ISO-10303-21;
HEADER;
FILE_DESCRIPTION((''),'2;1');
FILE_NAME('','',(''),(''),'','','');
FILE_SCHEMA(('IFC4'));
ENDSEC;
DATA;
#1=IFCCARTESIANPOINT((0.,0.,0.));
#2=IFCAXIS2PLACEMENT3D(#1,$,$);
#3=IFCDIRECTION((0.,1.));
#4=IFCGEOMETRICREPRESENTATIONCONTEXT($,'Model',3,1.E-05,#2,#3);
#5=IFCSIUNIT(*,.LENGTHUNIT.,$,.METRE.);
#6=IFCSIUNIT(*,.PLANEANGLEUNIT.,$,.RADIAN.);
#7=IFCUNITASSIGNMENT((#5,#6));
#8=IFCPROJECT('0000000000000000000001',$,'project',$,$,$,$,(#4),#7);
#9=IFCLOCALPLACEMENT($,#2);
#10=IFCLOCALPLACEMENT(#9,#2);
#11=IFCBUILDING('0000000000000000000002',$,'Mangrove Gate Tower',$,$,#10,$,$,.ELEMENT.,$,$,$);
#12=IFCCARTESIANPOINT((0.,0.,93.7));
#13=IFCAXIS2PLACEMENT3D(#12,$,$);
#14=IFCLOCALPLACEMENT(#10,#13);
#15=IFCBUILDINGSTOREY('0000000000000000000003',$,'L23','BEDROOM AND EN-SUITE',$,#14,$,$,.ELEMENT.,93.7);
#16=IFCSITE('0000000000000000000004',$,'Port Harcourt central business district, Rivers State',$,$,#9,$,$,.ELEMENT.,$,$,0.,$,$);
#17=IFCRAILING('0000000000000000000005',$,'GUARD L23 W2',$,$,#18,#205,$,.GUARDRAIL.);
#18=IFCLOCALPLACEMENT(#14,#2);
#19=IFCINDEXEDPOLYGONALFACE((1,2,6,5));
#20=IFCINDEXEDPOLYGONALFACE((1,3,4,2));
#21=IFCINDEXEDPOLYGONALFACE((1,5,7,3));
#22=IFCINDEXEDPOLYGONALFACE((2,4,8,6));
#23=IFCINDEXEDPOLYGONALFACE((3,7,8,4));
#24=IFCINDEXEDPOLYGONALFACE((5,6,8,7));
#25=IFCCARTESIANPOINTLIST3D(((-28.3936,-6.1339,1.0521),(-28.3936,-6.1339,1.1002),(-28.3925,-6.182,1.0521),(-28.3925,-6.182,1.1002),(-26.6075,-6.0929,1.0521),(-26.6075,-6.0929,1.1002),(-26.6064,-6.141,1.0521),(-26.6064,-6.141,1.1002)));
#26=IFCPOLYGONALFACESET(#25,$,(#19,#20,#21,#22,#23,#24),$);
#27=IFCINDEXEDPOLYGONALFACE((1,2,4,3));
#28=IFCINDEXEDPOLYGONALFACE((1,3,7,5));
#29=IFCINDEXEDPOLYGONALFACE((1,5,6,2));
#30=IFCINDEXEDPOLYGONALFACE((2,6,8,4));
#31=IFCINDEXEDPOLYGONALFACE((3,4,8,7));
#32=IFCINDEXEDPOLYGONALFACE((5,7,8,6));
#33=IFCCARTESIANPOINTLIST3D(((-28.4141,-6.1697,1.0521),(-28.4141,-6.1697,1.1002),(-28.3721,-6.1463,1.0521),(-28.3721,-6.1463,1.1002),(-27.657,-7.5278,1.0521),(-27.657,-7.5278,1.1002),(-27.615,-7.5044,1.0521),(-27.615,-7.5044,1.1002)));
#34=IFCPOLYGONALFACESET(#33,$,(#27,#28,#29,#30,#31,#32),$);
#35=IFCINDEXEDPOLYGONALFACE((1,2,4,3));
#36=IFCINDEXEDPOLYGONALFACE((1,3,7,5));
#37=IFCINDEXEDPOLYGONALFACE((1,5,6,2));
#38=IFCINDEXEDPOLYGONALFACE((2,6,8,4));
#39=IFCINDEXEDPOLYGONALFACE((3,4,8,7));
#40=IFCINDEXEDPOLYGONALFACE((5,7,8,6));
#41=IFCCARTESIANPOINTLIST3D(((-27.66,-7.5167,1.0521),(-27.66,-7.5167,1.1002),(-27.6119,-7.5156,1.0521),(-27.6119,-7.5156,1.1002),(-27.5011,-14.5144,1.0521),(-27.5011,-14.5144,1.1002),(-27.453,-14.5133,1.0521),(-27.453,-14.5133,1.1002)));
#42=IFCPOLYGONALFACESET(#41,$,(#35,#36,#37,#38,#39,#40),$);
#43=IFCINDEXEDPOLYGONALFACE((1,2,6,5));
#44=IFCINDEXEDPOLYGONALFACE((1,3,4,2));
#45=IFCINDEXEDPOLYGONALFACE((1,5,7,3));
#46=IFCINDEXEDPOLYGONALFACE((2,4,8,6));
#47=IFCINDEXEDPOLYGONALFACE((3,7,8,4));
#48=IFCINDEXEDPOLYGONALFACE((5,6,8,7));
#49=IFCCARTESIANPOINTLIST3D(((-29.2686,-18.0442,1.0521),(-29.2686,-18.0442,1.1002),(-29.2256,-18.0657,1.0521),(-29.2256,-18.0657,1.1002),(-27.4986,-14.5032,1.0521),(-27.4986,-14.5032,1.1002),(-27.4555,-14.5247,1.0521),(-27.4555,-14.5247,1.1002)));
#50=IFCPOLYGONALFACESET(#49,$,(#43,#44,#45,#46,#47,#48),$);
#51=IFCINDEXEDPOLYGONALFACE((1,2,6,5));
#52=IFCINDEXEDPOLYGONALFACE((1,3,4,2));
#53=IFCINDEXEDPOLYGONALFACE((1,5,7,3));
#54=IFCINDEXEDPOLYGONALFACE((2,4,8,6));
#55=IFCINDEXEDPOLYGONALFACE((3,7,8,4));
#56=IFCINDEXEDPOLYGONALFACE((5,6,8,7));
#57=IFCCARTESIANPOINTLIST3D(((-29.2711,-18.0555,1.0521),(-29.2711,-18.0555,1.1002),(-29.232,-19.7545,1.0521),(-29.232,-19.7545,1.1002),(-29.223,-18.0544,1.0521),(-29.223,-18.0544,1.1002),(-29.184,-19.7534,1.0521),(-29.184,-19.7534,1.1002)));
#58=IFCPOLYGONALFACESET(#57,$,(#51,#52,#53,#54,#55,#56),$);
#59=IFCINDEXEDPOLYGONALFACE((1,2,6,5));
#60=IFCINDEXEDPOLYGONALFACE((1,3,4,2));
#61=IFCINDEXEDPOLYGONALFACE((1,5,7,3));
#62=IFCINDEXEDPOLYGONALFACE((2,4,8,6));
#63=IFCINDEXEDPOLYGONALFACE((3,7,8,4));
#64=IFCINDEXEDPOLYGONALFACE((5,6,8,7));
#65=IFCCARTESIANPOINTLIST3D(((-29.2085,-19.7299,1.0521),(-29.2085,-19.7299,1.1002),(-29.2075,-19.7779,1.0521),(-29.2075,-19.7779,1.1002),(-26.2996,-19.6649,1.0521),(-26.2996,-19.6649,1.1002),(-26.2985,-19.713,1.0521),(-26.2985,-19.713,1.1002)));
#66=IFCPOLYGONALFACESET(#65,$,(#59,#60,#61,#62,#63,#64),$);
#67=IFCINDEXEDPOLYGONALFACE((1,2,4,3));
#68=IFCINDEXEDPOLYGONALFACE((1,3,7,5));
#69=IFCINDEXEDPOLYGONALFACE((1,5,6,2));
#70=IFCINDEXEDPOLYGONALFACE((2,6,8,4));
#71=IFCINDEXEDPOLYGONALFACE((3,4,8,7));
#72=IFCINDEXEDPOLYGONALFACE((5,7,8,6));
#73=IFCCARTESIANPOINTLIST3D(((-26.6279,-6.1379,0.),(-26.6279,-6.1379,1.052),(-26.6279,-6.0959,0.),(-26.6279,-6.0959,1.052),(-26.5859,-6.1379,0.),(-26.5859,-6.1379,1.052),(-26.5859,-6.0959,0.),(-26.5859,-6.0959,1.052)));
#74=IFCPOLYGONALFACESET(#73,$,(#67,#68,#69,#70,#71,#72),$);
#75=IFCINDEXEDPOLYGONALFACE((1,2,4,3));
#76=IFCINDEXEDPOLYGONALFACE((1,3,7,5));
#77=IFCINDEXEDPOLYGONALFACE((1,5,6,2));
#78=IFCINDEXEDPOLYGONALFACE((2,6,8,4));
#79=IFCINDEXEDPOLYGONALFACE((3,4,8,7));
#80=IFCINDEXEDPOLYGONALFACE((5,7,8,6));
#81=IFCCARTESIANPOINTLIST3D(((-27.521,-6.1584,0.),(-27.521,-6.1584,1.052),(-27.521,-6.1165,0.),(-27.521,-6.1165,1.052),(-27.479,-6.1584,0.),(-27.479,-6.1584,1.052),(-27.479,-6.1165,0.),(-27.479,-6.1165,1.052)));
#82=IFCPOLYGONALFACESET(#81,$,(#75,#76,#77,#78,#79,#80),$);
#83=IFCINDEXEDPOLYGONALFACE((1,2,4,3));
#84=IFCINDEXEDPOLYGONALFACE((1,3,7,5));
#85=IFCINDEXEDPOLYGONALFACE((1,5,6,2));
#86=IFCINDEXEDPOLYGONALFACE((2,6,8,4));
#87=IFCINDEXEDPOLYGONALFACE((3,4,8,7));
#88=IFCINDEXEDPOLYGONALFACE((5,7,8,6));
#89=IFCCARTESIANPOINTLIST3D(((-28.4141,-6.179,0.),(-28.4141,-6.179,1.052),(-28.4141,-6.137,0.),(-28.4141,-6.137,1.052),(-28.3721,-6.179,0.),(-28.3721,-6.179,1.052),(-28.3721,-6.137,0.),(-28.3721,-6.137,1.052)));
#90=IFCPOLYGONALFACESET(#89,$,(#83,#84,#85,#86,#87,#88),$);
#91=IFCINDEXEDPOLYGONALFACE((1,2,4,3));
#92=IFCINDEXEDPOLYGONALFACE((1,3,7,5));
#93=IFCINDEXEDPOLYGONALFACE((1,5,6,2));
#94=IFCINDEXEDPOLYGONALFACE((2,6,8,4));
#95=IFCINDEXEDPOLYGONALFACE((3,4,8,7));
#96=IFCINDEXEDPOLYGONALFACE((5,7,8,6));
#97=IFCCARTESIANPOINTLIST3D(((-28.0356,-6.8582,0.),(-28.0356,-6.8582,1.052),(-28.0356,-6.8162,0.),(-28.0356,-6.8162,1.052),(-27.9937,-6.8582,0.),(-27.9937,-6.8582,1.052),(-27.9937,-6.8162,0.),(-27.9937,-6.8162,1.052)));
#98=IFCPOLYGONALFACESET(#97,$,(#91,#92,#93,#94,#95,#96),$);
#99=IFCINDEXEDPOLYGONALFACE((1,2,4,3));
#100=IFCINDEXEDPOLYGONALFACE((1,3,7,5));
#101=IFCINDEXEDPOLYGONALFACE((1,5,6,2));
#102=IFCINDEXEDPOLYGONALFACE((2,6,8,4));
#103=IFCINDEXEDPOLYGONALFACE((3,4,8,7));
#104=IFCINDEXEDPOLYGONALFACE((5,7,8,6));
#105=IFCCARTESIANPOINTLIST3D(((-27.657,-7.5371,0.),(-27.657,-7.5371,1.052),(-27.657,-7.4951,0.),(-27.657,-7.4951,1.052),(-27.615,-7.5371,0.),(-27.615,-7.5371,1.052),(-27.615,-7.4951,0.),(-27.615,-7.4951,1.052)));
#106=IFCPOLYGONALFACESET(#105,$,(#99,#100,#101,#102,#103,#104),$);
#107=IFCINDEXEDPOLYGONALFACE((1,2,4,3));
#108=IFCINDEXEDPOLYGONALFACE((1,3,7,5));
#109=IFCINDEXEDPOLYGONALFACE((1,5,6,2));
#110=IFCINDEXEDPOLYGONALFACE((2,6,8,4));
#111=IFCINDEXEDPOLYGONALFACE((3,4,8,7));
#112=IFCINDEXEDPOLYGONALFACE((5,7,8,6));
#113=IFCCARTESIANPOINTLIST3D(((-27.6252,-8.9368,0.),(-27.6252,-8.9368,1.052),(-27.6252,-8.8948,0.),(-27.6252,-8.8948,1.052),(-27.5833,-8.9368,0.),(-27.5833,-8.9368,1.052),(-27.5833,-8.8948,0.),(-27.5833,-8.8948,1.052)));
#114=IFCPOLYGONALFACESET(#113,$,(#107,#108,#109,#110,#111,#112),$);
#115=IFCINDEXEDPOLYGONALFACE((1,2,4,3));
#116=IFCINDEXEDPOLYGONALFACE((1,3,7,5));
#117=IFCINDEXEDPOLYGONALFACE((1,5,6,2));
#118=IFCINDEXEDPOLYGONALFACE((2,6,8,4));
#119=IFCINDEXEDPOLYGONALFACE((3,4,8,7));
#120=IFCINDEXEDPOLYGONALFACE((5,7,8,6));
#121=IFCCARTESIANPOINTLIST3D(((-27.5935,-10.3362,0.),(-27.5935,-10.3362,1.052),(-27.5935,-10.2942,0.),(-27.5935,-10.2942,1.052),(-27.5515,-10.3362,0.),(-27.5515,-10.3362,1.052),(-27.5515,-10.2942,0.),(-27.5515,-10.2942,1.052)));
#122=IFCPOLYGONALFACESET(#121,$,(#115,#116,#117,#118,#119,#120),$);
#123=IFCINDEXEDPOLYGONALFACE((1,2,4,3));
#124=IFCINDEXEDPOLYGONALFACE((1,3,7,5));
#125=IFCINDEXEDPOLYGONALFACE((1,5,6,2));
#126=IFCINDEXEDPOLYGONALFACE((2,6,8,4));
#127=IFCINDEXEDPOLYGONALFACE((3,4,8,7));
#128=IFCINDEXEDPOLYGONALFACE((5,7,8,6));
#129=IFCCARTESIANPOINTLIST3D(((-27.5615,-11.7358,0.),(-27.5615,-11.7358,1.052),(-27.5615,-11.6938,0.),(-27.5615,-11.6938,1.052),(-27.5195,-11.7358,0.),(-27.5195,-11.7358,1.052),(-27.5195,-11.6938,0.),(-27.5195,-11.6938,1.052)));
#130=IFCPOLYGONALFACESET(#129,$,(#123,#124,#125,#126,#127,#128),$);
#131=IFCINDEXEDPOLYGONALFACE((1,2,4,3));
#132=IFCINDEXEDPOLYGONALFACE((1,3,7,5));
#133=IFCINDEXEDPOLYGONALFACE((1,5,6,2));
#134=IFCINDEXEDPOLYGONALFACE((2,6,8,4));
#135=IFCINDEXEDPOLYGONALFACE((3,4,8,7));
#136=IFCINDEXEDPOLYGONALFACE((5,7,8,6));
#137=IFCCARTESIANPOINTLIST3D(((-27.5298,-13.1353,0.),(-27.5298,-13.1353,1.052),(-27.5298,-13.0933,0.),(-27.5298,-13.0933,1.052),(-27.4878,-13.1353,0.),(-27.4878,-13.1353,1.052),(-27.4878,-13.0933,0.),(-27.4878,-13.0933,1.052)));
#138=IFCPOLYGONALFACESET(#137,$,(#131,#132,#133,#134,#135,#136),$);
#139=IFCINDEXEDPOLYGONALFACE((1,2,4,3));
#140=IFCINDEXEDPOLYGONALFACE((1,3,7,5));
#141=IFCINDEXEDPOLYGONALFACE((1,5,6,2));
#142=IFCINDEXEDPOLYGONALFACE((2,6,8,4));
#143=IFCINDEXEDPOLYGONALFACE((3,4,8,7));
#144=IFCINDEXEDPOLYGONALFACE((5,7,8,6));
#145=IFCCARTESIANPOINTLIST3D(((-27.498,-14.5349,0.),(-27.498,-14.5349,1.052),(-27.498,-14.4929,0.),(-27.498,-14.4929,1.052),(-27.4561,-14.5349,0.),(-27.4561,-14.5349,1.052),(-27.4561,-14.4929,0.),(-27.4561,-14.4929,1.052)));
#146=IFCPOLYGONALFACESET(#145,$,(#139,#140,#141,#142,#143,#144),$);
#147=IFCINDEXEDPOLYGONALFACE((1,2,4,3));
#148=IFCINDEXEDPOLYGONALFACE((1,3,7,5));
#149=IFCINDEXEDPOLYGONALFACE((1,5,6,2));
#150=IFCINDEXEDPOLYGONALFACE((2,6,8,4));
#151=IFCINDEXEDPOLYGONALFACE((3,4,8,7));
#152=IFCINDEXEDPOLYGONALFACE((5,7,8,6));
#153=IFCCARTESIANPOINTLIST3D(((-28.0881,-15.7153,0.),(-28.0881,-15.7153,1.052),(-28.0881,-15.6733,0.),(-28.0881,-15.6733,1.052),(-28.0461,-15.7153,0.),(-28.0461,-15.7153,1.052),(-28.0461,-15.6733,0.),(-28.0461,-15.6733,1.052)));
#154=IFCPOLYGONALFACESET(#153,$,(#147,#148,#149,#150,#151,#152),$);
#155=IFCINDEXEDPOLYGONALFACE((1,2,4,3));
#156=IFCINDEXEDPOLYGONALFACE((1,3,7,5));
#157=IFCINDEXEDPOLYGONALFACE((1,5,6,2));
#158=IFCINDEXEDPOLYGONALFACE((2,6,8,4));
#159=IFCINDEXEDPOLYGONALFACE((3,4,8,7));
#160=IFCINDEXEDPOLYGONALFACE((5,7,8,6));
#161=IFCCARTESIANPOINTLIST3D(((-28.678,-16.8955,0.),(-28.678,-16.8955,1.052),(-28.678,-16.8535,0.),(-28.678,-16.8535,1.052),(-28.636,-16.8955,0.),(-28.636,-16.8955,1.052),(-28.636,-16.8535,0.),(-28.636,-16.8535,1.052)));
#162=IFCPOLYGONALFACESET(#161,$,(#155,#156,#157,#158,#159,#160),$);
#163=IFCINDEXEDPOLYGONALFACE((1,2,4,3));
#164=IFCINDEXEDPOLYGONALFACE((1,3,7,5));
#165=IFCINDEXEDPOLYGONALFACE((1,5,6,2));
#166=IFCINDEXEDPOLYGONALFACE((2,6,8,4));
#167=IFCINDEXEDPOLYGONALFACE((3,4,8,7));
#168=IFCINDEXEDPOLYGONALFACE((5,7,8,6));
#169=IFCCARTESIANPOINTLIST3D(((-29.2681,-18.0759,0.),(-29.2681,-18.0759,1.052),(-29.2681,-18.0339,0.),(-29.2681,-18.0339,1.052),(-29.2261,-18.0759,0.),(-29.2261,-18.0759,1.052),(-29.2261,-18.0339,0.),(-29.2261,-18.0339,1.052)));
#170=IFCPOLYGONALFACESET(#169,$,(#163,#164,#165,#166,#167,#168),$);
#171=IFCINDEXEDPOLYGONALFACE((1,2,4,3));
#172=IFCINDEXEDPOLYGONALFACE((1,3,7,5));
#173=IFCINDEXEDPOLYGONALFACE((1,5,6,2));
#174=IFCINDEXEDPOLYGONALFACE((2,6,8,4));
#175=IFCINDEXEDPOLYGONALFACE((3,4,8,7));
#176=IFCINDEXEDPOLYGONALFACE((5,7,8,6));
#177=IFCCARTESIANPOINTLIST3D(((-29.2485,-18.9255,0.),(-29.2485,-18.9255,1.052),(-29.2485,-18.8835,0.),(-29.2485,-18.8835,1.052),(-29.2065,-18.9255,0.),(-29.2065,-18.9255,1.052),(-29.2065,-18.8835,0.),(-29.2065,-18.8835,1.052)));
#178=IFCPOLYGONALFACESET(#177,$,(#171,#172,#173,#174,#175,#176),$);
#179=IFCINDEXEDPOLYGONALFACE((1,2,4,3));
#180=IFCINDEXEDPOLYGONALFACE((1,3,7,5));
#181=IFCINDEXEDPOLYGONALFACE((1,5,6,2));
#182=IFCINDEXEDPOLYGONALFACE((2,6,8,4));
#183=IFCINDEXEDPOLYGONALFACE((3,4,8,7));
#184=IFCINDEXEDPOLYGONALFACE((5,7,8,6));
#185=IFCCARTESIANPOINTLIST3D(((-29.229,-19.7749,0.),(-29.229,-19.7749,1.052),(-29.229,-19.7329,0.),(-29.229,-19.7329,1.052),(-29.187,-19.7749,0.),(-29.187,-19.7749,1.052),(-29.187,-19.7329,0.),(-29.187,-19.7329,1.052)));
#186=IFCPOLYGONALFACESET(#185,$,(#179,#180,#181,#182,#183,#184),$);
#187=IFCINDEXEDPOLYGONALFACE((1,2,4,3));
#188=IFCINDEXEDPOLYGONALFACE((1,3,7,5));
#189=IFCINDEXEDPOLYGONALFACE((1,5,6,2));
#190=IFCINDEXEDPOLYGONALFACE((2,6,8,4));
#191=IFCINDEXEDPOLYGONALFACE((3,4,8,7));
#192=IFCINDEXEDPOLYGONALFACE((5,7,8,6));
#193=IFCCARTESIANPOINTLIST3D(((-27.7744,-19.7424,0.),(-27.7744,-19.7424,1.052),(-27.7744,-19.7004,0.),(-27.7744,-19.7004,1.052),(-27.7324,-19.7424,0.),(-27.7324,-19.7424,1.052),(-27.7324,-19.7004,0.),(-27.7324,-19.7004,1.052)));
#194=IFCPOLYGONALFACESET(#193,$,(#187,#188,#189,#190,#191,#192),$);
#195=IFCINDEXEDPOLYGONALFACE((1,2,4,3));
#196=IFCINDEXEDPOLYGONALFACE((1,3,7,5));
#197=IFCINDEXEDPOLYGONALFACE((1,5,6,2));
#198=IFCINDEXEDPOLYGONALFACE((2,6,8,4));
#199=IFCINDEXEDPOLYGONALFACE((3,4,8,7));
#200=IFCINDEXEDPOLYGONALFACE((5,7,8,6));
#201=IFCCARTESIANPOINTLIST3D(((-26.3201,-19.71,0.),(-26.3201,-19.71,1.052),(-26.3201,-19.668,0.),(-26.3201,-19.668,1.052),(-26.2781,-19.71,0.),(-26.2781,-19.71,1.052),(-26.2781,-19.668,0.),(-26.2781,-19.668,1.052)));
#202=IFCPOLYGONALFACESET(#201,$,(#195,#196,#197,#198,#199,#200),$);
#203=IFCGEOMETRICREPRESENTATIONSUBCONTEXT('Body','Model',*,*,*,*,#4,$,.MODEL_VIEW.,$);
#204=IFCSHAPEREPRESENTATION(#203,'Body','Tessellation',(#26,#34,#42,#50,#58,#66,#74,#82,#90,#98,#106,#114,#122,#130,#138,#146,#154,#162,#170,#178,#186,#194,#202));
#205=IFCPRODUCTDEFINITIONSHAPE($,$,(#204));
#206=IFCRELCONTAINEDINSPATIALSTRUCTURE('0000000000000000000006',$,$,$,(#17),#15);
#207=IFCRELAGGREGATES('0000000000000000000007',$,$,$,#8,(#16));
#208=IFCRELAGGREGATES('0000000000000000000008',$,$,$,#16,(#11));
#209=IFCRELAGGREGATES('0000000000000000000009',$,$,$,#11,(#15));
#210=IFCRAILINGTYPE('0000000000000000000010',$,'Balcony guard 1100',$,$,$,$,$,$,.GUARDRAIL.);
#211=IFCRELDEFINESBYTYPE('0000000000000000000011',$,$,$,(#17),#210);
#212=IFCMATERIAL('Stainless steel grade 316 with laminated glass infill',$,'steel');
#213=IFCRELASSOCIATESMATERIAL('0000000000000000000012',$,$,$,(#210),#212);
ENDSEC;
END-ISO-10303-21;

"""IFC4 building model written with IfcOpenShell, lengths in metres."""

from ifc_helpers import new_model, si_unit, direction, frame, origin, origin_2d, place, context, subcontext, project, spatial, rectangle, extrude, material, type_object, element, save


model = new_model("IFC4")

# Units and contexts
model_context = context("Model", 3, precision=1e-05, world=origin(), true_north=direction((0.0, 1.0)))
body_context = subcontext(model_context, "Body", "Model", "MODEL_VIEW")
ifc_project = project(units=[si_unit("LENGTHUNIT", "METRE"), si_unit("PLANEANGLEUNIT", "RADIAN")], contexts=[model_context])

# Site, building, storey
site_placement = place(None, origin())
site = spatial("IfcSite", under=ifc_project, at=site_placement, Name="Port Harcourt central business district, Rivers State", CompositionType="ELEMENT", RefElevation=0.0)
building_placement = place(site_placement, origin())
building = spatial("IfcBuilding", under=site, at=building_placement, Name="Mangrove Gate Tower", CompositionType="ELEMENT")
storey_placement = place(building_placement, frame((0.0, 0.0, 93.7)))
storey = spatial("IfcBuildingStorey", under=building, at=storey_placement, Name="L23", Description="BEDROOM AND EN-SUITE", CompositionType="ELEMENT", Elevation=93.7)

# Railing
ifc_material_1 = material(Name="Stainless steel grade 316 with laminated glass infill", Category="steel")
railing_type = type_object("IfcRailingType", Name="Balcony guard 1100", PredefinedType="GUARDRAIL", material=ifc_material_1)
railing_placement = place(storey_placement, frame((-26.6069, -6.1169, 0.0)))
element("IfcRailing", 1, at=railing_placement, inside=storey, type_object=railing_type, Name="GUARD L23 W2", PredefinedType="GUARDRAIL", context=body_context, shape_type="SweptSolid", body=[
    extrude(rectangle(XDim=0.0481, YDim=0.0481, at=origin_2d()), frame((0.0, 0.0, 1.0762), z_axis=(-0.999736, -0.022957, 0.0), x_axis=(0.022957, -0.999736, 0.0)), (0.0, 0.0, 1.0), 1.7866),
    extrude(rectangle(XDim=0.0481, YDim=0.0481, at=origin_2d()), frame((-1.7861, -0.041, 1.0762), z_axis=(0.486896, -0.87346, 0.0), x_axis=(0.87346, 0.486896, 0.0)), (0.0, 0.0, 1.0), 1.5549),
    extrude(rectangle(XDim=0.0481, YDim=0.0481, at=origin_2d()), frame((-1.0291, -1.3992, 1.0762), z_axis=(0.022706, -0.999742, 0.0), x_axis=(0.999742, 0.022706, 0.0)), (0.0, 0.0, 1.0), 6.9995),
    extrude(rectangle(XDim=0.0481, YDim=0.0481, at=origin_2d()), frame((-0.8701, -8.397, 1.0762), z_axis=(-0.447115, -0.894477, 0.0), x_axis=(0.894477, -0.447115, 0.0)), (0.0, 0.0, 1.0), 3.9587),
    extrude(rectangle(XDim=0.0481, YDim=0.0481, at=origin_2d()), frame((-2.6401, -11.938, 1.0762), z_axis=(0.022986, -0.999736, 0.0), x_axis=(0.999736, 0.022986, 0.0)), (0.0, 0.0, 1.0), 1.6995),
    extrude(rectangle(XDim=0.0481, YDim=0.0481, at=origin_2d()), frame((-2.6011, -13.637, 1.0762), z_axis=(0.999751, 0.022319, 0.0), x_axis=(-0.022319, 0.999751, 0.0)), (0.0, 0.0, 1.0), 2.9097),
    extrude(rectangle(XDim=0.042, YDim=0.042, at=origin_2d()), origin(), (0.0, 0.0, 1.0), 1.052),
    extrude(rectangle(XDim=0.042, YDim=0.042, at=origin_2d()), frame((-0.8931, -0.0205, 0.0)), (0.0, 0.0, 1.0), 1.052),
    extrude(rectangle(XDim=0.042, YDim=0.042, at=origin_2d()), frame((-1.7861, -0.041, 0.0)), (0.0, 0.0, 1.0), 1.052),
    extrude(rectangle(XDim=0.042, YDim=0.042, at=origin_2d()), frame((-1.4077, -0.7202, 0.0)), (0.0, 0.0, 1.0), 1.052),
    extrude(rectangle(XDim=0.042, YDim=0.042, at=origin_2d()), frame((-1.0291, -1.3992, 0.0)), (0.0, 0.0, 1.0), 1.052),
    extrude(rectangle(XDim=0.042, YDim=0.042, at=origin_2d()), frame((-0.9973, -2.7988, 0.0)), (0.0, 0.0, 1.0), 1.052),
    extrude(rectangle(XDim=0.042, YDim=0.042, at=origin_2d()), frame((-0.9656, -4.1982, 0.0)), (0.0, 0.0, 1.0), 1.052),
    extrude(rectangle(XDim=0.042, YDim=0.042, at=origin_2d()), frame((-0.9336, -5.5979, 0.0)), (0.0, 0.0, 1.0), 1.052),
    extrude(rectangle(XDim=0.042, YDim=0.042, at=origin_2d()), frame((-0.9019, -6.9973, 0.0)), (0.0, 0.0, 1.0), 1.052),
    extrude(rectangle(XDim=0.042, YDim=0.042, at=origin_2d()), frame((-0.8701, -8.397, 0.0)), (0.0, 0.0, 1.0), 1.052),
    extrude(rectangle(XDim=0.042, YDim=0.042, at=origin_2d()), frame((-1.4602, -9.5774, 0.0)), (0.0, 0.0, 1.0), 1.052),
    extrude(rectangle(XDim=0.042, YDim=0.042, at=origin_2d()), frame((-2.05, -10.7576, 0.0)), (0.0, 0.0, 1.0), 1.052),
    extrude(rectangle(XDim=0.042, YDim=0.042, at=origin_2d()), frame((-2.6401, -11.938, 0.0)), (0.0, 0.0, 1.0), 1.052),
    extrude(rectangle(XDim=0.042, YDim=0.042, at=origin_2d()), frame((-2.6206, -12.7876, 0.0)), (0.0, 0.0, 1.0), 1.052),
    extrude(rectangle(XDim=0.042, YDim=0.042, at=origin_2d()), frame((-2.6011, -13.637, 0.0)), (0.0, 0.0, 1.0), 1.052),
    extrude(rectangle(XDim=0.042, YDim=0.042, at=origin_2d()), frame((-1.1465, -13.6045, 0.0)), (0.0, 0.0, 1.0), 1.052),
    extrude(rectangle(XDim=0.042, YDim=0.042, at=origin_2d()), frame((0.3079, -13.572, 0.0)), (0.0, 0.0, 1.0), 1.052),
])

save(model, "model.ifc")
